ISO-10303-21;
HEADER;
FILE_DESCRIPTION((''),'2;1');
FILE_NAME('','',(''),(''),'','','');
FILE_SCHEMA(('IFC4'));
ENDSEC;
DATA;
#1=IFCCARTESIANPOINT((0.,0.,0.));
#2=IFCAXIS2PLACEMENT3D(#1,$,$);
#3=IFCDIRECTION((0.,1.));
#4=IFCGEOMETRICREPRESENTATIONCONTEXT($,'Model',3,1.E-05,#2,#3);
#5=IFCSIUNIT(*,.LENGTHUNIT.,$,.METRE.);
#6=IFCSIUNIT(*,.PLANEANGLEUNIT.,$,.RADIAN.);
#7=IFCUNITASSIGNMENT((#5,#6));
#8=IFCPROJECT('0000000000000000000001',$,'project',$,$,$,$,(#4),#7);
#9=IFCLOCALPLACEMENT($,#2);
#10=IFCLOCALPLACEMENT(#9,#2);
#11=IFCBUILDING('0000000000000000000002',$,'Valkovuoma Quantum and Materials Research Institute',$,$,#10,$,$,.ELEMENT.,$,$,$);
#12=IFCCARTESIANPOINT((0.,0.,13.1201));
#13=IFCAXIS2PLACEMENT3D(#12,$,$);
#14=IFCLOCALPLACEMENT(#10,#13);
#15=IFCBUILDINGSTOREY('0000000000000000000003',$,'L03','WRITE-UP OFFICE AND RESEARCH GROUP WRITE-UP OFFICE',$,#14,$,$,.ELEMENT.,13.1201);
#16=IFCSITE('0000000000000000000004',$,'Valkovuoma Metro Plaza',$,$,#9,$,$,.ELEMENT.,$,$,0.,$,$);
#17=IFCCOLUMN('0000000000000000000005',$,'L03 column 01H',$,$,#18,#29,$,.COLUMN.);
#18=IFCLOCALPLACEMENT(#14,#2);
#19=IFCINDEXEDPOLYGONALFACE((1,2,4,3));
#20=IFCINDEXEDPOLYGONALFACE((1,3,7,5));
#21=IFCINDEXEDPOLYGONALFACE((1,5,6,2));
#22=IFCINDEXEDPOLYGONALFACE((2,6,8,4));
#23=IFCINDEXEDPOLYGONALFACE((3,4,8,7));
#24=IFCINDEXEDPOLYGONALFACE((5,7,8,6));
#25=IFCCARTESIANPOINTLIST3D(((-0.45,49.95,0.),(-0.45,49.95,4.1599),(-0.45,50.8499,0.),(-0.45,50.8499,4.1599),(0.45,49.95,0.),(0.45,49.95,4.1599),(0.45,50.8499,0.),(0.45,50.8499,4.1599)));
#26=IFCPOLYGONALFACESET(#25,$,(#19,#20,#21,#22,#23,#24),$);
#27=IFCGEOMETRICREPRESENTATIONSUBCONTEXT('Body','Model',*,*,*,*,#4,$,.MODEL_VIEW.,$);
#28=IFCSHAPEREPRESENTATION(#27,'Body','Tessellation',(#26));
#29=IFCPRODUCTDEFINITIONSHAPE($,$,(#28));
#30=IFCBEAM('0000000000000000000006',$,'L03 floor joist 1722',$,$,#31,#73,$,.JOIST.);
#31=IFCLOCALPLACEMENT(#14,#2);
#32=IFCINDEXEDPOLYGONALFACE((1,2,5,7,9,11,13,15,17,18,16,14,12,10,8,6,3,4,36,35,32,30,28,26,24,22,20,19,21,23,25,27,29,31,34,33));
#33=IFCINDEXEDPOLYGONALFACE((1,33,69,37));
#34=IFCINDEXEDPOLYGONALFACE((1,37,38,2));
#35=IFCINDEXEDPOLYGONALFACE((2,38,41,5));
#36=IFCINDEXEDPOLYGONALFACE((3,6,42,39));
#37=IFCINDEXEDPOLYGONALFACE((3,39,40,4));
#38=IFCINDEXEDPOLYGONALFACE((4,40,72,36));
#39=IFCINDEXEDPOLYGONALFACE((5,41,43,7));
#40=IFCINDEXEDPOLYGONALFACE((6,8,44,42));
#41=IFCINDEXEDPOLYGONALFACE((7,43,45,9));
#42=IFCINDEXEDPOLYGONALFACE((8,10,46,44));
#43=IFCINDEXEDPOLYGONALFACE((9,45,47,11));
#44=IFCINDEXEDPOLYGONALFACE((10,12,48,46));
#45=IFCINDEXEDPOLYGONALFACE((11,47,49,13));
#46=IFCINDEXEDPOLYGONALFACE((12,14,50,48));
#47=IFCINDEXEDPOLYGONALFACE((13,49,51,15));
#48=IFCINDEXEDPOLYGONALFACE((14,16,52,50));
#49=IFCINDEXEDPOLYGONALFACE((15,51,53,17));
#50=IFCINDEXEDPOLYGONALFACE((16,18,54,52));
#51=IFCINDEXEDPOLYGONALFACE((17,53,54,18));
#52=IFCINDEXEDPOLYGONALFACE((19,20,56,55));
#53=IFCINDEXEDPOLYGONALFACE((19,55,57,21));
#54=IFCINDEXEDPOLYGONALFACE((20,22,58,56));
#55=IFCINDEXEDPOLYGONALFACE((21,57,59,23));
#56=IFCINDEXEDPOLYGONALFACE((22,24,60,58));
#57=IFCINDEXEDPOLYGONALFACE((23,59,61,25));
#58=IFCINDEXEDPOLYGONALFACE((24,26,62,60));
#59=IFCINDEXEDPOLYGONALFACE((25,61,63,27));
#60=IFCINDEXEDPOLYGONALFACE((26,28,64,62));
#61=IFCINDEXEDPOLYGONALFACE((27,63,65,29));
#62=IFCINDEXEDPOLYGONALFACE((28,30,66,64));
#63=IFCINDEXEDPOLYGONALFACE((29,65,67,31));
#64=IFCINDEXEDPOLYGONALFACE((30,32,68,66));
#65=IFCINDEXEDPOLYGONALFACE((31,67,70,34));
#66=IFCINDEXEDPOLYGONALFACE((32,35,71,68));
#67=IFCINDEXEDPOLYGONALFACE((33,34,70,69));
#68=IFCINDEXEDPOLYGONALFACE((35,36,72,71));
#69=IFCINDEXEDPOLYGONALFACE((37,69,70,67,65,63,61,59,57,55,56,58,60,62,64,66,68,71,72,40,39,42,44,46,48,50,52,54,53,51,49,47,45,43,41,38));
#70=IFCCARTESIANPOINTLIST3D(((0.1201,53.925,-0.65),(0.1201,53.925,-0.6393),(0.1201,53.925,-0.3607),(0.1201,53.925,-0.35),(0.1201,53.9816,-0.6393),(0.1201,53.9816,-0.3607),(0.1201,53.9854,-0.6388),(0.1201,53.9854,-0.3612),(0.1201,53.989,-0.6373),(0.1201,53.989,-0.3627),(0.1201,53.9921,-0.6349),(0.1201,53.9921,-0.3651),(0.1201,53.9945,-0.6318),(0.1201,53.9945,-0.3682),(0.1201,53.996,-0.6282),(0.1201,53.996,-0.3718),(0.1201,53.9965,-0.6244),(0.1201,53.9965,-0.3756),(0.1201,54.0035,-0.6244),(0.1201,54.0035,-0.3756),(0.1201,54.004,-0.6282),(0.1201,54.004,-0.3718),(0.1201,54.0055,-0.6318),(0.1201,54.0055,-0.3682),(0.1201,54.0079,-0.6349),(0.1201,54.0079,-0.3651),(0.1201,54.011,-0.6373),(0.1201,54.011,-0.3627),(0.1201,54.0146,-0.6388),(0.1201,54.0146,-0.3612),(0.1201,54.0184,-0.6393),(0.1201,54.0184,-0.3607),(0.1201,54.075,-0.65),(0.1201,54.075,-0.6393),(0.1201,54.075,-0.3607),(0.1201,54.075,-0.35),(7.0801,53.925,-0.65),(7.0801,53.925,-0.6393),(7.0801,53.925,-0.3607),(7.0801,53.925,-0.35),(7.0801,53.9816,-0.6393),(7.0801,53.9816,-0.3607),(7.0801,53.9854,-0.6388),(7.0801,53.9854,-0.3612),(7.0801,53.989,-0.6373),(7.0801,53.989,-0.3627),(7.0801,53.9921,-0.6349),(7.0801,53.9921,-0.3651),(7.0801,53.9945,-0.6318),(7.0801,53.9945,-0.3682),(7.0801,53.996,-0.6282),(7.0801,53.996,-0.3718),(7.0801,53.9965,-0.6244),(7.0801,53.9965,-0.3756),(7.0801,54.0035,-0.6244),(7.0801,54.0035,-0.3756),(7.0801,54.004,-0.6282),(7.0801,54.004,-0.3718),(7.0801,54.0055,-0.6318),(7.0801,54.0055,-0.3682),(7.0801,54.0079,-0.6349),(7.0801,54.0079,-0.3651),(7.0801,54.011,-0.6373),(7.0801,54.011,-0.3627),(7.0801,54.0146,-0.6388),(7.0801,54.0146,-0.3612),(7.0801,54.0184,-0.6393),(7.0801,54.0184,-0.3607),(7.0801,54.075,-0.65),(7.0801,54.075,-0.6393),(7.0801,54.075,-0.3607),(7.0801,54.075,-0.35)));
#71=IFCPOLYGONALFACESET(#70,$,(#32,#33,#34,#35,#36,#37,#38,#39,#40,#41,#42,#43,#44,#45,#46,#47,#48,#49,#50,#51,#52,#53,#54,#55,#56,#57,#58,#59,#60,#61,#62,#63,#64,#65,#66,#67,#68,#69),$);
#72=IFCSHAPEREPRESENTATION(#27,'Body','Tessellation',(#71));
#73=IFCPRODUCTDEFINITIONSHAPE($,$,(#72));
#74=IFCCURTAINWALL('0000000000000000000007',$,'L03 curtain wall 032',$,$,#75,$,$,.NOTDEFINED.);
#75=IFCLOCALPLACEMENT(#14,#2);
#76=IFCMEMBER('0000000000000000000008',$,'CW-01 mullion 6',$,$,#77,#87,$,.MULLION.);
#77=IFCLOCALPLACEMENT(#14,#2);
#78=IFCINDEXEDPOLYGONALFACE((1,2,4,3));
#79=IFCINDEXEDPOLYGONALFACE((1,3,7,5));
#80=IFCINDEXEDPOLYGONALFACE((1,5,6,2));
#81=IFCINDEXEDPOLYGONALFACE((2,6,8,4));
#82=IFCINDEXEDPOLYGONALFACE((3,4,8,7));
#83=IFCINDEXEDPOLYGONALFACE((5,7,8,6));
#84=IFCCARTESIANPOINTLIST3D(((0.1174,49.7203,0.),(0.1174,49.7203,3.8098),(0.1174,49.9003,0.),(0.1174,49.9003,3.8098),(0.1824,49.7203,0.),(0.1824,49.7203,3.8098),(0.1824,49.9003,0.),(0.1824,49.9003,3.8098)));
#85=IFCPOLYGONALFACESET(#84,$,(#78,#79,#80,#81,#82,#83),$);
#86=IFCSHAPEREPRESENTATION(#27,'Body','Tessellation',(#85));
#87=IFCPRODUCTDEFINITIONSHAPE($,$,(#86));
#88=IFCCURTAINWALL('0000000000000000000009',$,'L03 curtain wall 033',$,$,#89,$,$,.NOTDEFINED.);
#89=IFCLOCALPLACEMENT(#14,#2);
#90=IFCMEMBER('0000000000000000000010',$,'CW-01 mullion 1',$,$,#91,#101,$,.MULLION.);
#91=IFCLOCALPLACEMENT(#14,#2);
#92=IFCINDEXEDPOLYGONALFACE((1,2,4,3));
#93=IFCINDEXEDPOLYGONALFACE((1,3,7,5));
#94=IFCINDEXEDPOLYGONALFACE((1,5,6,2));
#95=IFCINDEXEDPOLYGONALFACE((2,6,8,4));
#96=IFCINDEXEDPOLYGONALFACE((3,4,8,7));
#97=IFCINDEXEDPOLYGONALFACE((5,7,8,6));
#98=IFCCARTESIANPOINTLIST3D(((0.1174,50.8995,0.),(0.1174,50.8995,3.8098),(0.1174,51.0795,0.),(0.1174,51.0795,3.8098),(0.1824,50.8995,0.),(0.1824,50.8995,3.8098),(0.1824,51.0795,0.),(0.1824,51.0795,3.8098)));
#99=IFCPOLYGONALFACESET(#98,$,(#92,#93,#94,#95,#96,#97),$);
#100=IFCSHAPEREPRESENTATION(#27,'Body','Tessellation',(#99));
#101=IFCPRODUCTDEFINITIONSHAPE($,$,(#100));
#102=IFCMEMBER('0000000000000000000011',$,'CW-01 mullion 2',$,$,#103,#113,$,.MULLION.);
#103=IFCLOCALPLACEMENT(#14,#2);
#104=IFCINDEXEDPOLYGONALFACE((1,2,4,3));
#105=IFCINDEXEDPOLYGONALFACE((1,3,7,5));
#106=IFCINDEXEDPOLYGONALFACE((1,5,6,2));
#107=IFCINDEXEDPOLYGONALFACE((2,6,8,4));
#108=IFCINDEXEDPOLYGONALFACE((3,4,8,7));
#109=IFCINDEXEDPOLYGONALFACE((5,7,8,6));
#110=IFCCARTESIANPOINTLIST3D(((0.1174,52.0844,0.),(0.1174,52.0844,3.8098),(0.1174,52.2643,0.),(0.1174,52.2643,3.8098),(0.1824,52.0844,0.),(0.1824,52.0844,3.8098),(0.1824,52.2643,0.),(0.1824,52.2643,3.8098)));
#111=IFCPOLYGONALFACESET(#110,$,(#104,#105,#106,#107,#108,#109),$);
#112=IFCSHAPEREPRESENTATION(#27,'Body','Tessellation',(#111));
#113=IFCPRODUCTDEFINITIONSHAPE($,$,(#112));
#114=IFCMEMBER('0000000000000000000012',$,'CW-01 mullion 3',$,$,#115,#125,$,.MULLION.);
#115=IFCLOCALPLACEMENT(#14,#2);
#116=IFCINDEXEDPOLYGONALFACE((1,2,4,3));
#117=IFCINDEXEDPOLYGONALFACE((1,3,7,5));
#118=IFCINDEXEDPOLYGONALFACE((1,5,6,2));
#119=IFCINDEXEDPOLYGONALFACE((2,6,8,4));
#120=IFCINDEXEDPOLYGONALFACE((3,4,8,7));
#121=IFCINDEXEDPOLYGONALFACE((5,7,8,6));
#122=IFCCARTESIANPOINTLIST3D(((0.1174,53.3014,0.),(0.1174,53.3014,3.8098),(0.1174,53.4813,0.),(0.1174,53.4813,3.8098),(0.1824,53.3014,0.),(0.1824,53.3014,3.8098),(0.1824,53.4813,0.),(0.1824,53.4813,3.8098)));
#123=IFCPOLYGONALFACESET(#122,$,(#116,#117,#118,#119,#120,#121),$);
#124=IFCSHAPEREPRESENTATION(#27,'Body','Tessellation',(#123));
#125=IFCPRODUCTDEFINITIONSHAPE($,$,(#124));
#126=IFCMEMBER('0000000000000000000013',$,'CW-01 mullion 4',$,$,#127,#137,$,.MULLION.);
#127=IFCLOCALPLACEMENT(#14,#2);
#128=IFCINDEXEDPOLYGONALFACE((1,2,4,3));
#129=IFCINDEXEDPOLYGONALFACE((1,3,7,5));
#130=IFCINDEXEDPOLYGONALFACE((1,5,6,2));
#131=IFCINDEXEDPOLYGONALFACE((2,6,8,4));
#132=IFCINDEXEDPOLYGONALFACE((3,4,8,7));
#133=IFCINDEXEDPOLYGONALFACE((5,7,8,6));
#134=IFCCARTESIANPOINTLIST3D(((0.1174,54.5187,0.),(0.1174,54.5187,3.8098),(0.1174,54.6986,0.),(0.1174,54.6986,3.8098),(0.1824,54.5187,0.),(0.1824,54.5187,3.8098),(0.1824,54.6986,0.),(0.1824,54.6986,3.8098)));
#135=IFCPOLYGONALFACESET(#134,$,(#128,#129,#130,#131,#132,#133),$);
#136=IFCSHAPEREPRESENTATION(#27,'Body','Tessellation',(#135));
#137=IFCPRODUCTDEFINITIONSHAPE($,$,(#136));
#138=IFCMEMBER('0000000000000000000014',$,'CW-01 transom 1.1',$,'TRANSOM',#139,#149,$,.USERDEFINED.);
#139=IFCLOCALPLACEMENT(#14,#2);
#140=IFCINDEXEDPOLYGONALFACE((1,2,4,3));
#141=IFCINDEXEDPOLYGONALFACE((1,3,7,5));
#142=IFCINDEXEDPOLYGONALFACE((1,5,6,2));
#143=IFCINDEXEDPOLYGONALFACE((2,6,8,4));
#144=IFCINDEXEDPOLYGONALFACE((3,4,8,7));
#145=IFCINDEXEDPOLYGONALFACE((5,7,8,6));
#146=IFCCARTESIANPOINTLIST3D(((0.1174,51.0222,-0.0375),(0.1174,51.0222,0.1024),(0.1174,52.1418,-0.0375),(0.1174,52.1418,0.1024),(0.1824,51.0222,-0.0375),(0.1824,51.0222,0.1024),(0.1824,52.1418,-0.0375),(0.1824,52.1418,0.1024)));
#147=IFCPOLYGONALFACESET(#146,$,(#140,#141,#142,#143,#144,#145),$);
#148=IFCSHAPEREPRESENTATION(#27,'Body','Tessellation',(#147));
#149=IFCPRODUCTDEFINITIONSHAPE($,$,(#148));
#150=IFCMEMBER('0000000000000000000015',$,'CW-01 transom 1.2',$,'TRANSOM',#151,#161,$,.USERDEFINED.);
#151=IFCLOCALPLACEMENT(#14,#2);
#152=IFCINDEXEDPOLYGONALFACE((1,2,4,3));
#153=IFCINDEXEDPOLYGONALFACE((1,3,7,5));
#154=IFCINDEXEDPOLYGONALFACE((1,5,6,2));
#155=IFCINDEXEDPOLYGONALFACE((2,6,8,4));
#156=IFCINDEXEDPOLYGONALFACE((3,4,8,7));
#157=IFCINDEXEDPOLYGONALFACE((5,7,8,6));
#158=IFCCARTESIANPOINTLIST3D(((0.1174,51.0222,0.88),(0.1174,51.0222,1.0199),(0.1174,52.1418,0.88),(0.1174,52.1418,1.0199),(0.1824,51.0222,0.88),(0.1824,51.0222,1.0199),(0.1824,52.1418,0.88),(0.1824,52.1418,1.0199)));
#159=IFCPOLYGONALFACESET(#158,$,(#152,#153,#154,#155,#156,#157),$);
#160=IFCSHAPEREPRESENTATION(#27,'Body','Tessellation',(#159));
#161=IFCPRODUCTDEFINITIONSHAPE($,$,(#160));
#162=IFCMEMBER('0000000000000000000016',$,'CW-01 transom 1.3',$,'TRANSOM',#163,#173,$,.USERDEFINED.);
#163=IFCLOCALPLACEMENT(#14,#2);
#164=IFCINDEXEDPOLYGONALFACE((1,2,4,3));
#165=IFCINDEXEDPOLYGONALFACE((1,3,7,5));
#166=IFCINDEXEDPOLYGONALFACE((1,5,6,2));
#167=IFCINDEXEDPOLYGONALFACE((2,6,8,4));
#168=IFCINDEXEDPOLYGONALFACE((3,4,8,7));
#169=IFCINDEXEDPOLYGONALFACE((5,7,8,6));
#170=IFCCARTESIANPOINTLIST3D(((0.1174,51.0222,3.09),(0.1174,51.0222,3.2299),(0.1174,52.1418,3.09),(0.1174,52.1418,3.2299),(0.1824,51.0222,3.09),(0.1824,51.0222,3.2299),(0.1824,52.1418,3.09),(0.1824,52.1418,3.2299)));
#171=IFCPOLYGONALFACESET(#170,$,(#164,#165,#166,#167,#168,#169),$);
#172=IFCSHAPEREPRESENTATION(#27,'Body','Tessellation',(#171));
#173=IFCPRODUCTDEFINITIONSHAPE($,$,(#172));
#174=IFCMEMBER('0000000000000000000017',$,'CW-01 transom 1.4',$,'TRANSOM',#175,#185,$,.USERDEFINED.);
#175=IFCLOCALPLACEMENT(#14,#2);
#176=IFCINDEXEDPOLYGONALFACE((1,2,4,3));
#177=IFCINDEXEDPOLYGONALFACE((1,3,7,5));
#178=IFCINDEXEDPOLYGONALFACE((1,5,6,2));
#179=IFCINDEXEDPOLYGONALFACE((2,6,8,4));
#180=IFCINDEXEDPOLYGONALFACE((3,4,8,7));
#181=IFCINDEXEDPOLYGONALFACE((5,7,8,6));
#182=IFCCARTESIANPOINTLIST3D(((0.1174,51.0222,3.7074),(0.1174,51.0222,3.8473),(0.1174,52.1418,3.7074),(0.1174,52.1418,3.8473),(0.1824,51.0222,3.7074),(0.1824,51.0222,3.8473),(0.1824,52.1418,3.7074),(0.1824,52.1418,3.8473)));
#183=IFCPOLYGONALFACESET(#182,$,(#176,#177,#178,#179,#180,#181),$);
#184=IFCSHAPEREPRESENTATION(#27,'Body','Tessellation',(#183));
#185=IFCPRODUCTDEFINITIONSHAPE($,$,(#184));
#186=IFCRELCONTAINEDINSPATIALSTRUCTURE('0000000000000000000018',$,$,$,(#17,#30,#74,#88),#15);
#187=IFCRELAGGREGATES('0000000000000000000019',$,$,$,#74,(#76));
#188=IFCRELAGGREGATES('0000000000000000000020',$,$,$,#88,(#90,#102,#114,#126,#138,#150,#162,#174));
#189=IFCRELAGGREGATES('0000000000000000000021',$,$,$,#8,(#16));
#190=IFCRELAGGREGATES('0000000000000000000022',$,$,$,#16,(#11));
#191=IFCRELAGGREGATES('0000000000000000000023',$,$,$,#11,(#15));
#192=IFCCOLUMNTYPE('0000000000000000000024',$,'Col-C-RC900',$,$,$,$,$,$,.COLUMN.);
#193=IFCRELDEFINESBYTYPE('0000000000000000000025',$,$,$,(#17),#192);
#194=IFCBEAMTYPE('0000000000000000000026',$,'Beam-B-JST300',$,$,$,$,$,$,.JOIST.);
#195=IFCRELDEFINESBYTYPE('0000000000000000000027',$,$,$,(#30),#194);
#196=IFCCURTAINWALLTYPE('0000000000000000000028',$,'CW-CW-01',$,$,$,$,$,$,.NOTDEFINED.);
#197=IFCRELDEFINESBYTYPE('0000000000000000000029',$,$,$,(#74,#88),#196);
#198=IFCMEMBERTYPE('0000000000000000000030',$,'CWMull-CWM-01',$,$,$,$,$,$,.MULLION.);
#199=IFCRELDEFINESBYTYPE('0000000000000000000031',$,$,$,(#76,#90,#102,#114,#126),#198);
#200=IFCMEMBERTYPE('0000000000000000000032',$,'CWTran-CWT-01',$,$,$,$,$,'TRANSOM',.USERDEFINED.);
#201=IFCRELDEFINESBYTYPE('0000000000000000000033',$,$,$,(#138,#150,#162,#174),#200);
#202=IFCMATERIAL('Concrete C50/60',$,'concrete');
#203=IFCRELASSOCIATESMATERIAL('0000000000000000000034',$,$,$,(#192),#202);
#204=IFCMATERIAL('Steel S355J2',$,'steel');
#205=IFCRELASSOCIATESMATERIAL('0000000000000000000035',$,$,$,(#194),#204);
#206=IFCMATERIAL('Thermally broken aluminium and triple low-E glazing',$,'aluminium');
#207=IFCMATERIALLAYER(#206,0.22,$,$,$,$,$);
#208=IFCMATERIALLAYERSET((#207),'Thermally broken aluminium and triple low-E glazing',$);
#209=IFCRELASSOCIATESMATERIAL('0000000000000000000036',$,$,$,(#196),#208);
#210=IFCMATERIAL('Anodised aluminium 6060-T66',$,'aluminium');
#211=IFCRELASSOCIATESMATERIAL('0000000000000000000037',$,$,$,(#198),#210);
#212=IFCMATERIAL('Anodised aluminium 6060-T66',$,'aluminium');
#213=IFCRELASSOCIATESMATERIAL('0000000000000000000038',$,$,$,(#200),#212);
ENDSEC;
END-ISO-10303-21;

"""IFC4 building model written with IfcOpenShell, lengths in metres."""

from ifc_helpers import new_model, si_unit, direction, frame, origin, origin_2d, place, context, subcontext, project, spatial, rectangle, i_section, extrude, material, layer, layer_set, material_profile, profile_set, type_object, element, aggregate, save


model = new_model("IFC4")

# Units and contexts
model_context = context("Model", 3, precision=1e-05, world=origin(), true_north=direction((0.0, 1.0)))
body_context = subcontext(model_context, "Body", "Model", "MODEL_VIEW")
ifc_project = project(units=[si_unit("LENGTHUNIT", "METRE"), si_unit("PLANEANGLEUNIT", "RADIAN")], contexts=[model_context])

# Site, building, storey
site_placement = place(None, origin())
site = spatial("IfcSite", under=ifc_project, at=site_placement, Name="Valkovuoma Metro Plaza", CompositionType="ELEMENT", RefElevation=0.0)
building_placement = place(site_placement, origin())
building = spatial("IfcBuilding", under=site, at=building_placement, Name="Valkovuoma Quantum and Materials Research Institute", CompositionType="ELEMENT")
storey_placement = place(building_placement, frame((0.0, 0.0, 13.1201)))
storey = spatial("IfcBuildingStorey", under=building, at=storey_placement, Name="L03", Description="WRITE-UP OFFICE AND RESEARCH GROUP WRITE-UP OFFICE", CompositionType="ELEMENT", Elevation=13.1201)

# Column
ifc_material_1 = material(Name="Concrete C50/60", Category="concrete")
ifc_material_profile_1 = material_profile(ifc_material_1, rectangle(XDim=0.8999, YDim=0.8999, at=origin_2d()), Name="Concrete C50/60")
ifc_profile_set_1 = profile_set([ifc_material_profile_1], Name="Concrete C50/60")
column_type = type_object("IfcColumnType", Name="Col-C-RC900", PredefinedType="COLUMN", material=ifc_profile_set_1)
column_placement = place(storey_placement, frame((0.0, 50.3999, 0.0), z_axis=(0.0, 0.0, 1.0), x_axis=(1.0, 0.0, 0.0)))
element("IfcColumn", 1, at=column_placement, inside=storey, type_object=column_type, Name="L03 column 01H", PredefinedType="COLUMN", context=body_context, shape_type="SweptSolid", body=[
    extrude(rectangle(XDim=0.8999, YDim=0.8999, at=origin_2d()), origin(), (0.0, 0.0, 1.0), 4.1599),
])

# Beam
ifc_material_2 = material(Name="Steel S355J2", Category="steel")
ifc_material_profile_2 = material_profile(ifc_material_2, i_section(OverallWidth=0.1499, OverallDepth=0.3, WebThickness=0.0071, FlangeThickness=0.0107, FilletRadius=0.0149, at=origin_2d()), Name="Steel S355J2")
ifc_profile_set_2 = profile_set([ifc_material_profile_2], Name="Steel S355J2")
beam_type = type_object("IfcBeamType", Name="Beam-B-JST300", PredefinedType="JOIST", material=ifc_profile_set_2)
beam_placement = place(storey_placement, frame((0.1201, 54.0, -0.5), z_axis=(1.0, 0.0, 0.0), x_axis=(0.0, 1.0, 0.0)))
element("IfcBeam", 2, at=beam_placement, inside=storey, type_object=beam_type, Name="L03 floor joist 1722", PredefinedType="JOIST", context=body_context, shape_type="SweptSolid", body=[
    extrude(i_section(OverallWidth=0.1499, OverallDepth=0.3, WebThickness=0.0071, FlangeThickness=0.0107, FilletRadius=0.0149, at=origin_2d()), origin(), (0.0, 0.0, 1.0), 6.96),
])

# Curtain wall, member
ifc_material_3 = material(Name="Thermally broken aluminium and triple low-E glazing", Category="aluminium")
ifc_layer_1 = layer(ifc_material_3, 0.22)
ifc_layer_set_1 = layer_set([ifc_layer_1], Name="Thermally broken aluminium and triple low-E glazing")
curtain_wall_type = type_object("IfcCurtainWallType", Name="CW-CW-01", PredefinedType="NOTDEFINED", material=ifc_layer_set_1)
curtain_wall_1_placement = place(storey_placement, origin())
curtain_wall_1 = element("IfcCurtainWall", 3, at=curtain_wall_1_placement, inside=storey, type_object=curtain_wall_type, Name="L03 curtain wall 032", PredefinedType="NOTDEFINED")
ifc_material_4 = material(Name="Anodised aluminium 6060-T66", Category="aluminium")
ifc_material_profile_3 = material_profile(ifc_material_4, rectangle(XDim=0.0649, YDim=0.1799, at=origin_2d()), Name="Anodised aluminium 6060-T66")
ifc_profile_set_3 = profile_set([ifc_material_profile_3], Name="Anodised aluminium 6060-T66")
member_type_1 = type_object("IfcMemberType", Name="CWMull-CWM-01", PredefinedType="MULLION", material=ifc_profile_set_3)
member_1_placement = place(storey_placement, frame((0.1499, 49.8103, 0.0), z_axis=(0.0, 0.0, 1.0), x_axis=(-1.0, 0.0, 0.0)))
member_1 = element("IfcMember", 4, at=member_1_placement, type_object=member_type_1, Name="CW-01 mullion 6", PredefinedType="MULLION", context=body_context, shape_type="SweptSolid", body=[
    extrude(rectangle(XDim=0.0649, YDim=0.1799, at=origin_2d()), origin(), (0.0, 0.0, 1.0), 3.8098),
])
aggregate(curtain_wall_1, [member_1])

# Curtain wall, members
curtain_wall_2_placement = place(storey_placement, origin())
curtain_wall_2 = element("IfcCurtainWall", 5, at=curtain_wall_2_placement, inside=storey, type_object=curtain_wall_type, Name="L03 curtain wall 033", PredefinedType="NOTDEFINED")
member_2_placement = place(storey_placement, frame((0.1499, 50.9895, 0.0), z_axis=(0.0, 0.0, 1.0), x_axis=(-1.0, 0.0, 0.0)))
member_2 = element("IfcMember", 6, at=member_2_placement, type_object=member_type_1, Name="CW-01 mullion 1", PredefinedType="MULLION", context=body_context, shape_type="SweptSolid", body=[
    extrude(rectangle(XDim=0.0649, YDim=0.1799, at=origin_2d()), origin(), (0.0, 0.0, 1.0), 3.8098),
])
member_3_placement = place(storey_placement, frame((0.1499, 52.1743, 0.0), z_axis=(0.0, 0.0, 1.0), x_axis=(-1.0, 0.0, 0.0)))
member_3 = element("IfcMember", 7, at=member_3_placement, type_object=member_type_1, Name="CW-01 mullion 2", PredefinedType="MULLION", context=body_context, shape_type="SweptSolid", body=[
    extrude(rectangle(XDim=0.0649, YDim=0.1799, at=origin_2d()), origin(), (0.0, 0.0, 1.0), 3.8098),
])
member_4_placement = place(storey_placement, frame((0.1499, 53.3914, 0.0), z_axis=(0.0, 0.0, 1.0), x_axis=(-1.0, 0.0, 0.0)))
member_4 = element("IfcMember", 8, at=member_4_placement, type_object=member_type_1, Name="CW-01 mullion 3", PredefinedType="MULLION", context=body_context, shape_type="SweptSolid", body=[
    extrude(rectangle(XDim=0.0649, YDim=0.1799, at=origin_2d()), origin(), (0.0, 0.0, 1.0), 3.8098),
])
member_5_placement = place(storey_placement, frame((0.1499, 54.6086, 0.0), z_axis=(0.0, 0.0, 1.0), x_axis=(-1.0, 0.0, 0.0)))
member_5 = element("IfcMember", 9, at=member_5_placement, type_object=member_type_1, Name="CW-01 mullion 4", PredefinedType="MULLION", context=body_context, shape_type="SweptSolid", body=[
    extrude(rectangle(XDim=0.0649, YDim=0.1799, at=origin_2d()), origin(), (0.0, 0.0, 1.0), 3.8098),
])
ifc_material_5 = material(Name="Anodised aluminium 6060-T66", Category="aluminium")
ifc_material_profile_4 = material_profile(ifc_material_5, rectangle(XDim=0.0649, YDim=0.1399, at=origin_2d()), Name="Anodised aluminium 6060-T66")
ifc_profile_set_4 = profile_set([ifc_material_profile_4], Name="Anodised aluminium 6060-T66")
member_type_2 = type_object("IfcMemberType", Name="CWTran-CWT-01", ElementType="TRANSOM", PredefinedType="USERDEFINED", material=ifc_profile_set_4)
member_6_placement = place(storey_placement, frame((0.1499, 51.0222, 0.0325), z_axis=(0.0, 1.0, 0.0), x_axis=(-1.0, 0.0, 0.0)))
member_6 = element("IfcMember", 10, at=member_6_placement, type_object=member_type_2, Name="CW-01 transom 1.1", ObjectType="TRANSOM", PredefinedType="USERDEFINED", context=body_context, shape_type="SweptSolid", body=[
    extrude(rectangle(XDim=0.0649, YDim=0.1399, at=origin_2d()), origin(), (0.0, 0.0, 1.0), 1.1196),
])
member_7_placement = place(storey_placement, frame((0.1499, 51.0222, 0.95), z_axis=(0.0, 1.0, 0.0), x_axis=(-1.0, 0.0, 0.0)))
member_7 = element("IfcMember", 11, at=member_7_placement, type_object=member_type_2, Name="CW-01 transom 1.2", ObjectType="TRANSOM", PredefinedType="USERDEFINED", context=body_context, shape_type="SweptSolid", body=[
    extrude(rectangle(XDim=0.0649, YDim=0.1399, at=origin_2d()), origin(), (0.0, 0.0, 1.0), 1.1196),
])
member_8_placement = place(storey_placement, frame((0.1499, 51.0222, 3.1599), z_axis=(0.0, 1.0, 0.0), x_axis=(-1.0, 0.0, 0.0)))
member_8 = element("IfcMember", 12, at=member_8_placement, type_object=member_type_2, Name="CW-01 transom 1.3", ObjectType="TRANSOM", PredefinedType="USERDEFINED", context=body_context, shape_type="SweptSolid", body=[
    extrude(rectangle(XDim=0.0649, YDim=0.1399, at=origin_2d()), origin(), (0.0, 0.0, 1.0), 1.1196),
])
member_9_placement = place(storey_placement, frame((0.1499, 51.0222, 3.7773), z_axis=(0.0, 1.0, 0.0), x_axis=(-1.0, 0.0, 0.0)))
member_9 = element("IfcMember", 13, at=member_9_placement, type_object=member_type_2, Name="CW-01 transom 1.4", ObjectType="TRANSOM", PredefinedType="USERDEFINED", context=body_context, shape_type="SweptSolid", body=[
    extrude(rectangle(XDim=0.0649, YDim=0.1399, at=origin_2d()), origin(), (0.0, 0.0, 1.0), 1.1196),
])
aggregate(curtain_wall_2, [member_2, member_3, member_4, member_5, member_6, member_7, member_8, member_9])

save(model, "model.ifc")
